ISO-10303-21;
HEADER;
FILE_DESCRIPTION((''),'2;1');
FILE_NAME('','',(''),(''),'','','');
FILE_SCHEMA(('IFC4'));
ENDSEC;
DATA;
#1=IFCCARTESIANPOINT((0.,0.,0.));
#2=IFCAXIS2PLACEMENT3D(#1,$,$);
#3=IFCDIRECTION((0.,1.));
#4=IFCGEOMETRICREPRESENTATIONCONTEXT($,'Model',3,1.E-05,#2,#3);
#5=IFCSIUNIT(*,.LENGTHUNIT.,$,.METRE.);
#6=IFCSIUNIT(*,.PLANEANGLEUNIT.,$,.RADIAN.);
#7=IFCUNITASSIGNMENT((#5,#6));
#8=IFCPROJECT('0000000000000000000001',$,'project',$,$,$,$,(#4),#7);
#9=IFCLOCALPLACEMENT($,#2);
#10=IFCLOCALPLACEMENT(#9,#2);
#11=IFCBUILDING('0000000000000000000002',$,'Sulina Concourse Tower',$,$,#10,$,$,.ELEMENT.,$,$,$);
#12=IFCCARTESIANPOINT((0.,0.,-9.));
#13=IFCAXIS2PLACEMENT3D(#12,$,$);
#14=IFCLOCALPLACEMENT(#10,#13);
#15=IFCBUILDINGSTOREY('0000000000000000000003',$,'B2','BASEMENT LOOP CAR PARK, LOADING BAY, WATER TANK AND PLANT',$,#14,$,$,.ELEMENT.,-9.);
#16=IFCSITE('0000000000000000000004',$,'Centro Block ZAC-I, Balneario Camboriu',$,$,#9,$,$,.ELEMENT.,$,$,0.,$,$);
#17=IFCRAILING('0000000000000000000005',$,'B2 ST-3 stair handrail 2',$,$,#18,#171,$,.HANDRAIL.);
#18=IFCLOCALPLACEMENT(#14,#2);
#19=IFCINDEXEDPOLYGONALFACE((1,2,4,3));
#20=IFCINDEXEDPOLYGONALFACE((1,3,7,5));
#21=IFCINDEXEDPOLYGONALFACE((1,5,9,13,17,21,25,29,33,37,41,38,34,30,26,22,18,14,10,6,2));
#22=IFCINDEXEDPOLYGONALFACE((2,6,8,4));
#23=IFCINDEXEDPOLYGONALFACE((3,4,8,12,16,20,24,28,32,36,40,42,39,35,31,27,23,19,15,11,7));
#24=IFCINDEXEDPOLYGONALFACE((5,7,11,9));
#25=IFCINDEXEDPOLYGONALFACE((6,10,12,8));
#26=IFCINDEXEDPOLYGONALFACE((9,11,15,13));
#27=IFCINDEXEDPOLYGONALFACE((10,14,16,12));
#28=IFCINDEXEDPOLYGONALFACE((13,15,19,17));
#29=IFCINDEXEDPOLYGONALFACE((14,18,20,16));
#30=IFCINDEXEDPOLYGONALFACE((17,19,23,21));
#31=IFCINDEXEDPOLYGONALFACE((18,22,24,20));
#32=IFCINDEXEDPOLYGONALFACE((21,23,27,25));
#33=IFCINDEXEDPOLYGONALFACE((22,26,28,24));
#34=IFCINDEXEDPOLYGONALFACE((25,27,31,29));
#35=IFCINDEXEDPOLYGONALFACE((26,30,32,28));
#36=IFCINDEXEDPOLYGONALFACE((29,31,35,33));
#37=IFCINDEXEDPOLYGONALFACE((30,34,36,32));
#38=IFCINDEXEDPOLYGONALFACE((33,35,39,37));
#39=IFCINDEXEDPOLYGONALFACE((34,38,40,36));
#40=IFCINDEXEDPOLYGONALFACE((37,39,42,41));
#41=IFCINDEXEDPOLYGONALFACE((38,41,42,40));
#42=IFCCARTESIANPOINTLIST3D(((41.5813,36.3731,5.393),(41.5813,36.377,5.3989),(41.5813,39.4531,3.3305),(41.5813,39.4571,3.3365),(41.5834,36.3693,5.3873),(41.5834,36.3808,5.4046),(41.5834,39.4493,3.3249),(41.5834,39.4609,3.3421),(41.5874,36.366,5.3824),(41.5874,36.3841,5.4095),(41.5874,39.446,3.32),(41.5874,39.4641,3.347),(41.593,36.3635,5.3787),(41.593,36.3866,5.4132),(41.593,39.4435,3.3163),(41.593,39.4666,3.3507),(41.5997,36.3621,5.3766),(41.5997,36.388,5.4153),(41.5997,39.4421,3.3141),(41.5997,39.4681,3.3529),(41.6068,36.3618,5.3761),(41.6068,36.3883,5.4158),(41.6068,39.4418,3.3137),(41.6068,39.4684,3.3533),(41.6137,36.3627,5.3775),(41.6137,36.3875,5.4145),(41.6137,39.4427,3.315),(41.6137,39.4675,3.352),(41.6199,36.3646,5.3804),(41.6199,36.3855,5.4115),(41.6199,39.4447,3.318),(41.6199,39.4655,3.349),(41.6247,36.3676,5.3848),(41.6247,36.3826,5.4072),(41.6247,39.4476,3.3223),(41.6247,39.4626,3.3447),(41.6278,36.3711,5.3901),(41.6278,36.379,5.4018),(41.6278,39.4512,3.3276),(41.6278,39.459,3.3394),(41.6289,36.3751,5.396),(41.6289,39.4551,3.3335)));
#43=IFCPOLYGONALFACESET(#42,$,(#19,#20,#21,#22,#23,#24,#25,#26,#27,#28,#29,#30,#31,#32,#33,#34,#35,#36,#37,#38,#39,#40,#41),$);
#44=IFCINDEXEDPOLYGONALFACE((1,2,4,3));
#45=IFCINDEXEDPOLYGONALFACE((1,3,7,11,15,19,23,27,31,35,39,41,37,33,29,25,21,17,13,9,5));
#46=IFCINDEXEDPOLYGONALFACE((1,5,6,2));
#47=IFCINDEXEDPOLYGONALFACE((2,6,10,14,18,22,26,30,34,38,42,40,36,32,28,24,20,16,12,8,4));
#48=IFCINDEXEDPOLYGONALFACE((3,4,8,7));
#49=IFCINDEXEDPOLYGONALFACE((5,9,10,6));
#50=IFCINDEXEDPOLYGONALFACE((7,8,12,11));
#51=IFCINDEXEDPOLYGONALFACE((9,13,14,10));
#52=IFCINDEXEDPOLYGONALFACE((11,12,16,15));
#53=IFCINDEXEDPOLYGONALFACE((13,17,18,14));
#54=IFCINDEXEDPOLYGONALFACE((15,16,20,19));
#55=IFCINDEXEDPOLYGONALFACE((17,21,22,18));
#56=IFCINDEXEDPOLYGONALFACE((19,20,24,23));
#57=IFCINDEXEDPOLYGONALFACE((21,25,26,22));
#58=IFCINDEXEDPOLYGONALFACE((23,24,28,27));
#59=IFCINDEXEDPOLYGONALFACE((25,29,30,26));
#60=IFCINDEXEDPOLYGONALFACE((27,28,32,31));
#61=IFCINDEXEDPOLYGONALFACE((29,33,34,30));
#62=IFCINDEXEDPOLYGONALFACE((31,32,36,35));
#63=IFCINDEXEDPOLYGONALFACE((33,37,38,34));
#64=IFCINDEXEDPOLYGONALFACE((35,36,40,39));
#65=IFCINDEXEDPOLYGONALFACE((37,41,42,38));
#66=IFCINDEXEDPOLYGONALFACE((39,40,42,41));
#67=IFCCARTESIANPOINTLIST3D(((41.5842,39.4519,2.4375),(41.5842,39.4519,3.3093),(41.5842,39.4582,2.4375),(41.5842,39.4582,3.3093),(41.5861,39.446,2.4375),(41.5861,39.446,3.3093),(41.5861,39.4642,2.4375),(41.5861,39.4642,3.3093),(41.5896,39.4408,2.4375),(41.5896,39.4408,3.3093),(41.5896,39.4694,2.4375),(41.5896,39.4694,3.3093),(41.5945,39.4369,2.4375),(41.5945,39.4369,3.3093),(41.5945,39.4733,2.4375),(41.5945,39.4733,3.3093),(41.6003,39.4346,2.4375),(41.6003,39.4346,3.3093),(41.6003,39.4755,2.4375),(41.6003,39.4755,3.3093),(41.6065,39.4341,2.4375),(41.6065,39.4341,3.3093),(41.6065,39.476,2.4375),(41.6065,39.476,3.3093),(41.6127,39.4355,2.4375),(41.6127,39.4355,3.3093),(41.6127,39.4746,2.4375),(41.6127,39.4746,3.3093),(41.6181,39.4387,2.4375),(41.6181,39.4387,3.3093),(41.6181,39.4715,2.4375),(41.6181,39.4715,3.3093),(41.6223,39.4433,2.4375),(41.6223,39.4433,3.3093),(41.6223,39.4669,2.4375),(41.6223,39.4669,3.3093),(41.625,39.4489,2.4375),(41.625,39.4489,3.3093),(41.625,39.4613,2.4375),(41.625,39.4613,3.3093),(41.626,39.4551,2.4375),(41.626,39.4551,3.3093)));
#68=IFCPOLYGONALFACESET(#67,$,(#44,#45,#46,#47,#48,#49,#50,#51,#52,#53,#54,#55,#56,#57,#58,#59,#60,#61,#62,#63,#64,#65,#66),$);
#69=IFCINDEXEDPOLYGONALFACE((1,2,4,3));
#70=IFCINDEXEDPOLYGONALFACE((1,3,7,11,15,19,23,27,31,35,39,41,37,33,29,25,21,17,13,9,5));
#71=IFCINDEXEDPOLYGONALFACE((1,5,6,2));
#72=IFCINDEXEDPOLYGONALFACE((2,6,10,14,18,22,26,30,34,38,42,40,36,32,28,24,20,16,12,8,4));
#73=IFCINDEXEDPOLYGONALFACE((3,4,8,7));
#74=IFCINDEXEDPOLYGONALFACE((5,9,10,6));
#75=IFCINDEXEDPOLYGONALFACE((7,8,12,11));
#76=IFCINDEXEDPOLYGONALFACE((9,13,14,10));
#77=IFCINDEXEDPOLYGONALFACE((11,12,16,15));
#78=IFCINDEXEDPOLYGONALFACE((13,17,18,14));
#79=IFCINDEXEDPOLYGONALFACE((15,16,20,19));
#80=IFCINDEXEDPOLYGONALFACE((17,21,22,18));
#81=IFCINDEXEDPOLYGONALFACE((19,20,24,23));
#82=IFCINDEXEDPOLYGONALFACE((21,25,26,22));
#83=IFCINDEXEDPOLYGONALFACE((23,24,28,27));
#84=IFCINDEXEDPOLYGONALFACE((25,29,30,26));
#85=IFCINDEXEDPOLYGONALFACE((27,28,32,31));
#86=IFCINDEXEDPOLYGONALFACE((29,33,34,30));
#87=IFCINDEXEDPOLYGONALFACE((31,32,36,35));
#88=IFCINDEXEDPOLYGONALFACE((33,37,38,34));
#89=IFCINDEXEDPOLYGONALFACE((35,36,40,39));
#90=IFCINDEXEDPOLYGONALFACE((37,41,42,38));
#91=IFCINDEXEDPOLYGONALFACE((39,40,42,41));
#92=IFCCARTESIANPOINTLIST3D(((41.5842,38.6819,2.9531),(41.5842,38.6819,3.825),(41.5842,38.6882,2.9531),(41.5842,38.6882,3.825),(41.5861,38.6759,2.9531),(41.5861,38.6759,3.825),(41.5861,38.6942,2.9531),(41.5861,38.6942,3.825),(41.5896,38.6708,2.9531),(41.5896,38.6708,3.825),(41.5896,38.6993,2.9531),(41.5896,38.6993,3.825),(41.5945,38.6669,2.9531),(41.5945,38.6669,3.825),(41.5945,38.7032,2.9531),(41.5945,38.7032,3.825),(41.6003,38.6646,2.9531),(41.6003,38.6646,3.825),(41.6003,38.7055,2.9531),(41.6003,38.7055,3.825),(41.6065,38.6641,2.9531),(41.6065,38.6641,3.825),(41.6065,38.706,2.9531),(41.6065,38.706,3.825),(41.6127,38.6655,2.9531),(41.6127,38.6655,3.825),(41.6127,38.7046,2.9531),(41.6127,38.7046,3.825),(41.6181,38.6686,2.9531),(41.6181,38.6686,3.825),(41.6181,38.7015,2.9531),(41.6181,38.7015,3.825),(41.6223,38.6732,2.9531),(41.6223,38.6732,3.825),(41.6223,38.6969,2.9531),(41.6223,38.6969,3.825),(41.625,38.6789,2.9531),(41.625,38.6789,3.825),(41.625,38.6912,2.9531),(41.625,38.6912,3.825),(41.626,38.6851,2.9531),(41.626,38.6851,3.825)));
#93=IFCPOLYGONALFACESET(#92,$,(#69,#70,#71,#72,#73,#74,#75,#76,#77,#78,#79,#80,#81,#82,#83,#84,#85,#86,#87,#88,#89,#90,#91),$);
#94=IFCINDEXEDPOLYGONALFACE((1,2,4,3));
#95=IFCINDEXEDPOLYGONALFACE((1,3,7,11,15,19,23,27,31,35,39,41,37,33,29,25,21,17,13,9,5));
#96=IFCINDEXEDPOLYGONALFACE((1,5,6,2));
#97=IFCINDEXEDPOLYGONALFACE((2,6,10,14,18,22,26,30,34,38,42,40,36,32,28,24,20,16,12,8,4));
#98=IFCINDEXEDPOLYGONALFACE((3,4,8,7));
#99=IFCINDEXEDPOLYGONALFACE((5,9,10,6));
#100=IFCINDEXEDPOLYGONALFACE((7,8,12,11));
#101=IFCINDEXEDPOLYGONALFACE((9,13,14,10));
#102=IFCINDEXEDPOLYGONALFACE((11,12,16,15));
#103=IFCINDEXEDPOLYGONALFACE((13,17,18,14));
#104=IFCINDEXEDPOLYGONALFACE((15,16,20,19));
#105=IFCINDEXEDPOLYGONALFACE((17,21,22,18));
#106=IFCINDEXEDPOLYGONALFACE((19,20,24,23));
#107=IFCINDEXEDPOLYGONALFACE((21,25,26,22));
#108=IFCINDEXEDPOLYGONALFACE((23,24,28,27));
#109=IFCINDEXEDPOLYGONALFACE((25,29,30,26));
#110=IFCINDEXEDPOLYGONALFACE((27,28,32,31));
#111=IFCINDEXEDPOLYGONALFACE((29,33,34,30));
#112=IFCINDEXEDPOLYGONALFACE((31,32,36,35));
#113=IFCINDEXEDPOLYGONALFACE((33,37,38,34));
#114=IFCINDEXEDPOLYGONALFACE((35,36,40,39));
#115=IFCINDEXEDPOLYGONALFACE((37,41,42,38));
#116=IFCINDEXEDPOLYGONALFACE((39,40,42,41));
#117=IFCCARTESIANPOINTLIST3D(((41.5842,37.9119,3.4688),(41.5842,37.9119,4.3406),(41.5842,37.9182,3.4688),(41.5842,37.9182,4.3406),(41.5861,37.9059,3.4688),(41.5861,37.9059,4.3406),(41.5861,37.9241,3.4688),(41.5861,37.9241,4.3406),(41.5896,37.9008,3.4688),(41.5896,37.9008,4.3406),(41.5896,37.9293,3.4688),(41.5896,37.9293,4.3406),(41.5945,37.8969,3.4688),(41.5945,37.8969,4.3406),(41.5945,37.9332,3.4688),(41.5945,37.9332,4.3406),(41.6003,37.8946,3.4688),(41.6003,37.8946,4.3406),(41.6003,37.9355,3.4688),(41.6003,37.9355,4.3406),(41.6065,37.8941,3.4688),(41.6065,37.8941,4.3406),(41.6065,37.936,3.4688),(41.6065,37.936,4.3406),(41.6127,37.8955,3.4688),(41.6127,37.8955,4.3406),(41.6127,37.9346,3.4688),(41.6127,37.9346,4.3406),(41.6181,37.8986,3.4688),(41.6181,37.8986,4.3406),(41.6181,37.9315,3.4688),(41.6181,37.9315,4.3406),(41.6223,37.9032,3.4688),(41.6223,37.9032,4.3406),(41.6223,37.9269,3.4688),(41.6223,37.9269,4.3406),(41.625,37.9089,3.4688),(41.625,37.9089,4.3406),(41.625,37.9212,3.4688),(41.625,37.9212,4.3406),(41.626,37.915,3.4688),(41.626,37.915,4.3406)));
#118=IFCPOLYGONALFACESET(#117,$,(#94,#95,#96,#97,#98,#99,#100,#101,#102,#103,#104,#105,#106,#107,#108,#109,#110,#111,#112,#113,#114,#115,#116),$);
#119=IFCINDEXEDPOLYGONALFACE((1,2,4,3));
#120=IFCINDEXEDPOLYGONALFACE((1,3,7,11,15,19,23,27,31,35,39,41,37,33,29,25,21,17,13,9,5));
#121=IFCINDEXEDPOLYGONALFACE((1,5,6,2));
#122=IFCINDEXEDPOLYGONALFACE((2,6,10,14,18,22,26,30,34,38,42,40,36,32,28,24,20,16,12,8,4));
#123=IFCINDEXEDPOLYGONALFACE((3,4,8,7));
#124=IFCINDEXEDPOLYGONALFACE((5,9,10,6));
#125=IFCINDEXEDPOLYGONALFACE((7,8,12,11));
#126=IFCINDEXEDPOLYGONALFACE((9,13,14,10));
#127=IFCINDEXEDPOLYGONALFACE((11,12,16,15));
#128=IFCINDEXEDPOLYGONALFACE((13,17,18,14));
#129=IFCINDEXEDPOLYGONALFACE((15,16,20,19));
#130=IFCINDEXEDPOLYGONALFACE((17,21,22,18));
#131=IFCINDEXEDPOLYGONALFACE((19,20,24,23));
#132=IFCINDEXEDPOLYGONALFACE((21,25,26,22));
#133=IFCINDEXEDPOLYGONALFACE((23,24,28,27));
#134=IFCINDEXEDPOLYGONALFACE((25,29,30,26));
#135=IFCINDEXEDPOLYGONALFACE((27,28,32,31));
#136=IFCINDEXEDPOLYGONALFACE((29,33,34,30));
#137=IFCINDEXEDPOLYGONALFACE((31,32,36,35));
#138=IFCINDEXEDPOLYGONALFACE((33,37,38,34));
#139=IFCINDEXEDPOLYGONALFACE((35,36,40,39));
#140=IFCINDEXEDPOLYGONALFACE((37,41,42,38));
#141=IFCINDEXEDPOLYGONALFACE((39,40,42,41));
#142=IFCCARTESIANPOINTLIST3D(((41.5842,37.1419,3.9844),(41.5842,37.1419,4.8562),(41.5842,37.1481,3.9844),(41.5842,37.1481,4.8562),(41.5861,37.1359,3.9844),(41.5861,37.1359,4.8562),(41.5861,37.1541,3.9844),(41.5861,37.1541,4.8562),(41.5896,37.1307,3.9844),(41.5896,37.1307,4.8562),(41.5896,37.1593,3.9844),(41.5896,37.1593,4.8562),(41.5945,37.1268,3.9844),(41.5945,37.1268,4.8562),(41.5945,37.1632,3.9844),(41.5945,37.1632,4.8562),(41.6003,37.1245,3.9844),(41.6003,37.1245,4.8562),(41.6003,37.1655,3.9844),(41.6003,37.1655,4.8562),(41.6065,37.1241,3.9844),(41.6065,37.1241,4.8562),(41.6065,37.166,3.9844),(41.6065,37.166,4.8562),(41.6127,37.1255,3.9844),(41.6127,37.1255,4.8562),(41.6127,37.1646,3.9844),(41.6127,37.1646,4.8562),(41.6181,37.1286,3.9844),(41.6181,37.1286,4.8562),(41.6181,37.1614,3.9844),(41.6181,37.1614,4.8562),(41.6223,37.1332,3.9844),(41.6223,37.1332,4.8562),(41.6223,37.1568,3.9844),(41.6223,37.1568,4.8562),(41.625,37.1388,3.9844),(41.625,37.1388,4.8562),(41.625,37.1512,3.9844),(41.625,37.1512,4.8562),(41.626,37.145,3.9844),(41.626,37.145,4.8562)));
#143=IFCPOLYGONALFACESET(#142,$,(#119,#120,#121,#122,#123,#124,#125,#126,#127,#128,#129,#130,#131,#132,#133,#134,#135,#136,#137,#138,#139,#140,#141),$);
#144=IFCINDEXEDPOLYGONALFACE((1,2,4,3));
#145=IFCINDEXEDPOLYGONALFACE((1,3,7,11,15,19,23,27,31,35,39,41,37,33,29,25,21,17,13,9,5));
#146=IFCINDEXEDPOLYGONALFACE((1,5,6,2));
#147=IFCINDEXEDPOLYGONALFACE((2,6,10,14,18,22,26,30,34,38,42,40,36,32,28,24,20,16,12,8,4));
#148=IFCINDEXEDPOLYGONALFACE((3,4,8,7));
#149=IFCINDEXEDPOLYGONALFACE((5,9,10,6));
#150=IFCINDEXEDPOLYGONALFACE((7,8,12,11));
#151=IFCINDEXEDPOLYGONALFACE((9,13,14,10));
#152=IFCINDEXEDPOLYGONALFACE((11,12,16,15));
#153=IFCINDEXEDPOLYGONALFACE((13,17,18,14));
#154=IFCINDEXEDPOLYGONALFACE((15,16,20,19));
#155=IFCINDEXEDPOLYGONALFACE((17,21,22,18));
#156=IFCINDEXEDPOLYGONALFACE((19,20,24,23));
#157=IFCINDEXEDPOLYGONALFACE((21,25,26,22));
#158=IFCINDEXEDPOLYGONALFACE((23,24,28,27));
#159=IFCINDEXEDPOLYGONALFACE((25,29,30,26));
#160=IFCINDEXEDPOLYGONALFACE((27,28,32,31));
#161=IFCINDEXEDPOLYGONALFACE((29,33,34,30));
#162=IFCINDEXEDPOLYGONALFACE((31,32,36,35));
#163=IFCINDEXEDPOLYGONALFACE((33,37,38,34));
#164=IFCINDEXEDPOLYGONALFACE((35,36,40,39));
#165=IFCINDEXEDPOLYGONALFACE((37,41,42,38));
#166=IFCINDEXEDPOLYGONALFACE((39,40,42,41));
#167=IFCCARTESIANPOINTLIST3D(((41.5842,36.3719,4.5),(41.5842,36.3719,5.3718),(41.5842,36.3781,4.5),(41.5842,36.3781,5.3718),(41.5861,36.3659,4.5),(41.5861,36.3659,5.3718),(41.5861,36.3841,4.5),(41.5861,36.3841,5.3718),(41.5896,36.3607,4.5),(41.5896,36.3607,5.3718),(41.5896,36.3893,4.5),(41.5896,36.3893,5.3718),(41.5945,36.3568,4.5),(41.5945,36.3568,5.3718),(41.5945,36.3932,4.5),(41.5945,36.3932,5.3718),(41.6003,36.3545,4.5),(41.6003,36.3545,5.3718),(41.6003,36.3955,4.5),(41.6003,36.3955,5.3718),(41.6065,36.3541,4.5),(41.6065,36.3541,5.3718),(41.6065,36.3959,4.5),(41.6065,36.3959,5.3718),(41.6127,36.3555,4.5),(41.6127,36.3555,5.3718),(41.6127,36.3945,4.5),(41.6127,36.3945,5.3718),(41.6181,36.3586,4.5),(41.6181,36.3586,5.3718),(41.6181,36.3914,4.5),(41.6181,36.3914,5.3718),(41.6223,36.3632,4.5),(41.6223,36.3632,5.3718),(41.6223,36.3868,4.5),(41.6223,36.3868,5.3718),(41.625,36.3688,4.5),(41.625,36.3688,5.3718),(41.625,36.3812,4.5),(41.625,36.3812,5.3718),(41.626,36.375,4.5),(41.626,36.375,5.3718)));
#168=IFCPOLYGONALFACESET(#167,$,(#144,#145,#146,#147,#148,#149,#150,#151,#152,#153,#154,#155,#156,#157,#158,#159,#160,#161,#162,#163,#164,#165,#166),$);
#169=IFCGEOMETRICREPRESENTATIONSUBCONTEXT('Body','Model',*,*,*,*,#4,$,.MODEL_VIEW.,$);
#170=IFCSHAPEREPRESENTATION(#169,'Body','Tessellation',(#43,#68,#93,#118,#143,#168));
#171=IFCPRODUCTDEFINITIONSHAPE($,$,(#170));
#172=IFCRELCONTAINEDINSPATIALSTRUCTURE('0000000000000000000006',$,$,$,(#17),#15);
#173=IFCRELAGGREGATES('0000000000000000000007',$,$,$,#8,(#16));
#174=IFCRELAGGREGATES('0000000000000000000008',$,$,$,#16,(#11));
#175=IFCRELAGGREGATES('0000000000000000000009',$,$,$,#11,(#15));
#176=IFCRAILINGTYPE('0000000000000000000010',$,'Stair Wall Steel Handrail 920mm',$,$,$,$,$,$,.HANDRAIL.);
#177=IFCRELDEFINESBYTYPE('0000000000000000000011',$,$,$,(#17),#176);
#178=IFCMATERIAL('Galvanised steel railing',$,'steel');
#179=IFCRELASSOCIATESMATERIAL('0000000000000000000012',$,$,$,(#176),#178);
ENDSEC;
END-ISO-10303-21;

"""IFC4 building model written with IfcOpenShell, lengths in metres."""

from ifc_helpers import new_model, si_unit, direction, frame, origin, origin_2d, place, context, subcontext, project, spatial, circle, extrude, material, type_object, element, save


model = new_model("IFC4")

# Units and contexts
model_context = context("Model", 3, precision=1e-05, world=origin(), true_north=direction((0.0, 1.0)))
body_context = subcontext(model_context, "Body", "Model", "MODEL_VIEW")
ifc_project = project(units=[si_unit("LENGTHUNIT", "METRE"), si_unit("PLANEANGLEUNIT", "RADIAN")], contexts=[model_context])

# Site, building, storey
site_placement = place(None, origin())
site = spatial("IfcSite", under=ifc_project, at=site_placement, Name="Centro Block ZAC-I, Balneario Camboriu", CompositionType="ELEMENT", RefElevation=0.0)
building_placement = place(site_placement, origin())
building = spatial("IfcBuilding", under=site, at=building_placement, Name="Sulina Concourse Tower", CompositionType="ELEMENT")
storey_placement = place(building_placement, frame((0.0, 0.0, -9.0)))
storey = spatial("IfcBuildingStorey", under=building, at=storey_placement, Name="B2", Description="BASEMENT LOOP CAR PARK, LOADING BAY, WATER TANK AND PLANT", CompositionType="ELEMENT", Elevation=-9.0)

# Railing
ifc_material_1 = material(Name="Galvanised steel railing", Category="steel")
railing_type_1 = type_object("IfcRailingType", Name="Stair Wall Steel Handrail 920mm", PredefinedType="HANDRAIL", material=ifc_material_1)
railing_1_placement = place(storey_placement, frame((41.605, 39.4551, 2.4375)))
element("IfcRailing", 1, at=railing_1_placement, inside=storey, type_object=railing_type_1, Name="B2 ST-3 stair handrail 2", PredefinedType="HANDRAIL", context=body_context, shape_type="SweptSolid", body=[
    extrude(circle(Radius=0.0239, at=origin_2d()), frame((0.0, 0.0, 0.896), z_axis=(0.0, -0.830914, 0.556401), x_axis=(1.0, 0.0, 0.0)), (0.0, 0.0, 1.0), 3.7068),
    extrude(circle(Radius=0.021, at=origin_2d()), origin(), (0.0, 0.0, 1.0), 0.8718),
    extrude(circle(Radius=0.021, at=origin_2d()), frame((0.0, -0.77, 0.5156)), (0.0, 0.0, 1.0), 0.8718),
    extrude(circle(Radius=0.021, at=origin_2d()), frame((0.0, -1.54, 1.0312)), (0.0, 0.0, 1.0), 0.8718),
    extrude(circle(Radius=0.021, at=origin_2d()), frame((0.0, -2.3101, 1.5469)), (0.0, 0.0, 1.0), 0.8718),
    extrude(circle(Radius=0.021, at=origin_2d()), frame((0.0, -3.0801, 2.0625)), (0.0, 0.0, 1.0), 0.8718),
])

save(model, "model.ifc")
